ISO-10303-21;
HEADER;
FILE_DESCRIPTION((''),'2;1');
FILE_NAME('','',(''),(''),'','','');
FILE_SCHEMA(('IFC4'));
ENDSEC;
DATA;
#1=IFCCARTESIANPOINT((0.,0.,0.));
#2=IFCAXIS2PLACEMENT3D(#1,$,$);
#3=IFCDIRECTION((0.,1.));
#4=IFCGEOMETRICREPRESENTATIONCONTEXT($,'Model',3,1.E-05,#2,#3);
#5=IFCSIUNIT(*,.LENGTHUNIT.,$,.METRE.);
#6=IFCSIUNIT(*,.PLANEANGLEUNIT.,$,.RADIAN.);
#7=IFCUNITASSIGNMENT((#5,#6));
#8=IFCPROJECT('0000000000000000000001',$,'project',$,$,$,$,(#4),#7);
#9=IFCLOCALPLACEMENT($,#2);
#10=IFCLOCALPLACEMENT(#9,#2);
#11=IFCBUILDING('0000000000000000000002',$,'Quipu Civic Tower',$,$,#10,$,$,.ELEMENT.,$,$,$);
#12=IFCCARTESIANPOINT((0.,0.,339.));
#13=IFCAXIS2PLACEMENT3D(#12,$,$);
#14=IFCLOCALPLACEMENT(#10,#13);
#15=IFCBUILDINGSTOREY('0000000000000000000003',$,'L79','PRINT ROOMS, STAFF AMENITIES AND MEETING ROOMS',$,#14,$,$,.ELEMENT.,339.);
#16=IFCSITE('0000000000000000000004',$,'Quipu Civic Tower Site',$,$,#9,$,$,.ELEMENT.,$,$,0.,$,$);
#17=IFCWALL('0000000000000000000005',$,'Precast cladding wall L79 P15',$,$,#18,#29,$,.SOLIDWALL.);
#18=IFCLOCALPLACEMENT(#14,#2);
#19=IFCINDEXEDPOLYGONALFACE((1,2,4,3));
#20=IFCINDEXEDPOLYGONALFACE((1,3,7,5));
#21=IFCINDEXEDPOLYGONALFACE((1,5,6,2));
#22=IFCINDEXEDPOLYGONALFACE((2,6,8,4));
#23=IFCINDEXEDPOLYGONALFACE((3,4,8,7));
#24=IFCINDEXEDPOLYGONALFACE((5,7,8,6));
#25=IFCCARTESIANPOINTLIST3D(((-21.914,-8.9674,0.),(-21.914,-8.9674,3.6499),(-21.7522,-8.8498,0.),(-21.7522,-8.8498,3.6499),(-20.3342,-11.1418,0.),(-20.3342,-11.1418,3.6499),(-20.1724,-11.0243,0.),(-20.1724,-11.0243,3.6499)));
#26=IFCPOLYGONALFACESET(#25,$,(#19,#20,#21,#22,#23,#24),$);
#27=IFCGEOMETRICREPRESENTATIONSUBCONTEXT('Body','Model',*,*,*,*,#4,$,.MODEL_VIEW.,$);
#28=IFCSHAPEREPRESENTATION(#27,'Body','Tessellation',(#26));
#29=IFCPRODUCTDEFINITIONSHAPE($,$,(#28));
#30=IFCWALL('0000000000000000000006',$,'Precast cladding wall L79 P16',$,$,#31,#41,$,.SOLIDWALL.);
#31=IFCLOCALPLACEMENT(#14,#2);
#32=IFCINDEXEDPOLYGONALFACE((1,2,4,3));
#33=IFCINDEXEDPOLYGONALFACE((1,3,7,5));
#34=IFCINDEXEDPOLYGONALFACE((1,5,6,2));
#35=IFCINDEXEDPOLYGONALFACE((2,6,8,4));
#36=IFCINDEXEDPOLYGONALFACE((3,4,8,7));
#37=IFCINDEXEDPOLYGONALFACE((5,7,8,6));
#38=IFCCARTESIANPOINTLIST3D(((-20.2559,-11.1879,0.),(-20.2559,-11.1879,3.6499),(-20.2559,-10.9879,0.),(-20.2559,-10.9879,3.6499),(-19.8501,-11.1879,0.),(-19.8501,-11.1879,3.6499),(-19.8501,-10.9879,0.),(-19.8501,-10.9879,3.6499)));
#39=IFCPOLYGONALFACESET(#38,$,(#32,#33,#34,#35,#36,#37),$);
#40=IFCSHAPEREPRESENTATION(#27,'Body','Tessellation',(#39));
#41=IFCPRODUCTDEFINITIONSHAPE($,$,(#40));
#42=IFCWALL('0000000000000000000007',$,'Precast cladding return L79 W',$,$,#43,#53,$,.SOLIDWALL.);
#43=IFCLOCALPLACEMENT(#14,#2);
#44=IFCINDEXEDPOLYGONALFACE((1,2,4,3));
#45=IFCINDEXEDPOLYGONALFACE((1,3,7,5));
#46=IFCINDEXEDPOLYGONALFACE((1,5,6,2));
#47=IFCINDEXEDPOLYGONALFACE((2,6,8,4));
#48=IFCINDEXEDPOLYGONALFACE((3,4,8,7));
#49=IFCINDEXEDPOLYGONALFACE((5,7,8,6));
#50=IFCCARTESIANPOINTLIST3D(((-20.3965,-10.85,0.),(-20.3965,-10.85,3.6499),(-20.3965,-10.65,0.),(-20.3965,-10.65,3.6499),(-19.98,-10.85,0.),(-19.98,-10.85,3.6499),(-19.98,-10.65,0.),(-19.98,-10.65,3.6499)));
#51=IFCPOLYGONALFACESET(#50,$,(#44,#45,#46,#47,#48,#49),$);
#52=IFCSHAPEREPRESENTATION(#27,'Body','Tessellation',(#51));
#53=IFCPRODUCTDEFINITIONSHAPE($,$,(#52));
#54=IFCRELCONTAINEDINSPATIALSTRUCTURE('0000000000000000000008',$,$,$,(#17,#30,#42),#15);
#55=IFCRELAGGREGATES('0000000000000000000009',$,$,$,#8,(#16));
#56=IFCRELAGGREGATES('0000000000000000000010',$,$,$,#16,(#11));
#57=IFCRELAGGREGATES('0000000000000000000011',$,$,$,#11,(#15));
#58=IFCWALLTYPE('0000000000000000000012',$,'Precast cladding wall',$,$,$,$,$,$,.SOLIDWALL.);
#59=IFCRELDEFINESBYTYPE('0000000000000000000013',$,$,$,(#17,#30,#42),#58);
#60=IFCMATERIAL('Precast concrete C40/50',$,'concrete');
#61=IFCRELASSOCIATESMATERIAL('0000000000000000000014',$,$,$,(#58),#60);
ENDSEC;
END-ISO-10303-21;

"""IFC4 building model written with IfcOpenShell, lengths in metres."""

from ifc_helpers import new_model, si_unit, direction, frame, frame_2d, origin, place, context, subcontext, project, spatial, rectangle, extrude, material, type_object, element, save


model = new_model("IFC4")

# Units and contexts
model_context = context("Model", 3, precision=1e-05, world=origin(), true_north=direction((0.0, 1.0)))
body_context = subcontext(model_context, "Body", "Model", "MODEL_VIEW")
ifc_project = project(units=[si_unit("LENGTHUNIT", "METRE"), si_unit("PLANEANGLEUNIT", "RADIAN")], contexts=[model_context])

# Site, building, storey
site_placement = place(None, origin())
site = spatial("IfcSite", under=ifc_project, at=site_placement, Name="Quipu Civic Tower Site", CompositionType="ELEMENT", RefElevation=0.0)
building_placement = place(site_placement, origin())
building = spatial("IfcBuilding", under=site, at=building_placement, Name="Quipu Civic Tower", CompositionType="ELEMENT")
storey_placement = place(building_placement, frame((0.0, 0.0, 339.0)))
storey = spatial("IfcBuildingStorey", under=building, at=storey_placement, Name="L79", Description="PRINT ROOMS, STAFF AMENITIES AND MEETING ROOMS", CompositionType="ELEMENT", Elevation=339.0)

# Walls
ifc_material_1 = material(Name="Precast concrete C40/50", Category="concrete")
wall_type_1 = type_object("IfcWallType", Name="Precast cladding wall", PredefinedType="SOLIDWALL", material=ifc_material_1)
wall_1_placement = place(storey_placement, frame((-21.833, -8.9087, 0.0), z_axis=(0.0, 0.0, 1.0), x_axis=(0.587767, -0.809031, 0.0)))
element("IfcWall", 1, at=wall_1_placement, inside=storey, type_object=wall_type_1, Name="Precast cladding wall L79 P15", PredefinedType="SOLIDWALL", context=body_context, shape_type="SweptSolid", body=[
    extrude(rectangle(XDim=2.6877, YDim=0.2, at=frame_2d((1.3438, 0.0))), origin(), (0.0, 0.0, 1.0), 3.6499),
])
wall_2_placement = place(storey_placement, frame((-20.2559, -11.0879, 0.0), z_axis=(0.0, 0.0, 1.0), x_axis=(1.0, 0.0, 0.0)))
element("IfcWall", 2, at=wall_2_placement, inside=storey, type_object=wall_type_1, Name="Precast cladding wall L79 P16", PredefinedType="SOLIDWALL", context=body_context, shape_type="SweptSolid", body=[
    extrude(rectangle(XDim=0.4058, YDim=0.2, at=frame_2d((0.2029, 0.0))), origin(), (0.0, 0.0, 1.0), 3.6499),
])
wall_3_placement = place(storey_placement, frame((-19.98, -10.75, 0.0), z_axis=(0.0, 0.0, 1.0), x_axis=(-1.0, 0.0, 0.0)))
element("IfcWall", 3, at=wall_3_placement, inside=storey, type_object=wall_type_1, Name="Precast cladding return L79 W", PredefinedType="SOLIDWALL", context=body_context, shape_type="SweptSolid", body=[
    extrude(rectangle(XDim=0.4165, YDim=0.2, at=frame_2d((0.2083, 0.0))), origin(), (0.0, 0.0, 1.0), 3.6499),
])

save(model, "model.ifc")
